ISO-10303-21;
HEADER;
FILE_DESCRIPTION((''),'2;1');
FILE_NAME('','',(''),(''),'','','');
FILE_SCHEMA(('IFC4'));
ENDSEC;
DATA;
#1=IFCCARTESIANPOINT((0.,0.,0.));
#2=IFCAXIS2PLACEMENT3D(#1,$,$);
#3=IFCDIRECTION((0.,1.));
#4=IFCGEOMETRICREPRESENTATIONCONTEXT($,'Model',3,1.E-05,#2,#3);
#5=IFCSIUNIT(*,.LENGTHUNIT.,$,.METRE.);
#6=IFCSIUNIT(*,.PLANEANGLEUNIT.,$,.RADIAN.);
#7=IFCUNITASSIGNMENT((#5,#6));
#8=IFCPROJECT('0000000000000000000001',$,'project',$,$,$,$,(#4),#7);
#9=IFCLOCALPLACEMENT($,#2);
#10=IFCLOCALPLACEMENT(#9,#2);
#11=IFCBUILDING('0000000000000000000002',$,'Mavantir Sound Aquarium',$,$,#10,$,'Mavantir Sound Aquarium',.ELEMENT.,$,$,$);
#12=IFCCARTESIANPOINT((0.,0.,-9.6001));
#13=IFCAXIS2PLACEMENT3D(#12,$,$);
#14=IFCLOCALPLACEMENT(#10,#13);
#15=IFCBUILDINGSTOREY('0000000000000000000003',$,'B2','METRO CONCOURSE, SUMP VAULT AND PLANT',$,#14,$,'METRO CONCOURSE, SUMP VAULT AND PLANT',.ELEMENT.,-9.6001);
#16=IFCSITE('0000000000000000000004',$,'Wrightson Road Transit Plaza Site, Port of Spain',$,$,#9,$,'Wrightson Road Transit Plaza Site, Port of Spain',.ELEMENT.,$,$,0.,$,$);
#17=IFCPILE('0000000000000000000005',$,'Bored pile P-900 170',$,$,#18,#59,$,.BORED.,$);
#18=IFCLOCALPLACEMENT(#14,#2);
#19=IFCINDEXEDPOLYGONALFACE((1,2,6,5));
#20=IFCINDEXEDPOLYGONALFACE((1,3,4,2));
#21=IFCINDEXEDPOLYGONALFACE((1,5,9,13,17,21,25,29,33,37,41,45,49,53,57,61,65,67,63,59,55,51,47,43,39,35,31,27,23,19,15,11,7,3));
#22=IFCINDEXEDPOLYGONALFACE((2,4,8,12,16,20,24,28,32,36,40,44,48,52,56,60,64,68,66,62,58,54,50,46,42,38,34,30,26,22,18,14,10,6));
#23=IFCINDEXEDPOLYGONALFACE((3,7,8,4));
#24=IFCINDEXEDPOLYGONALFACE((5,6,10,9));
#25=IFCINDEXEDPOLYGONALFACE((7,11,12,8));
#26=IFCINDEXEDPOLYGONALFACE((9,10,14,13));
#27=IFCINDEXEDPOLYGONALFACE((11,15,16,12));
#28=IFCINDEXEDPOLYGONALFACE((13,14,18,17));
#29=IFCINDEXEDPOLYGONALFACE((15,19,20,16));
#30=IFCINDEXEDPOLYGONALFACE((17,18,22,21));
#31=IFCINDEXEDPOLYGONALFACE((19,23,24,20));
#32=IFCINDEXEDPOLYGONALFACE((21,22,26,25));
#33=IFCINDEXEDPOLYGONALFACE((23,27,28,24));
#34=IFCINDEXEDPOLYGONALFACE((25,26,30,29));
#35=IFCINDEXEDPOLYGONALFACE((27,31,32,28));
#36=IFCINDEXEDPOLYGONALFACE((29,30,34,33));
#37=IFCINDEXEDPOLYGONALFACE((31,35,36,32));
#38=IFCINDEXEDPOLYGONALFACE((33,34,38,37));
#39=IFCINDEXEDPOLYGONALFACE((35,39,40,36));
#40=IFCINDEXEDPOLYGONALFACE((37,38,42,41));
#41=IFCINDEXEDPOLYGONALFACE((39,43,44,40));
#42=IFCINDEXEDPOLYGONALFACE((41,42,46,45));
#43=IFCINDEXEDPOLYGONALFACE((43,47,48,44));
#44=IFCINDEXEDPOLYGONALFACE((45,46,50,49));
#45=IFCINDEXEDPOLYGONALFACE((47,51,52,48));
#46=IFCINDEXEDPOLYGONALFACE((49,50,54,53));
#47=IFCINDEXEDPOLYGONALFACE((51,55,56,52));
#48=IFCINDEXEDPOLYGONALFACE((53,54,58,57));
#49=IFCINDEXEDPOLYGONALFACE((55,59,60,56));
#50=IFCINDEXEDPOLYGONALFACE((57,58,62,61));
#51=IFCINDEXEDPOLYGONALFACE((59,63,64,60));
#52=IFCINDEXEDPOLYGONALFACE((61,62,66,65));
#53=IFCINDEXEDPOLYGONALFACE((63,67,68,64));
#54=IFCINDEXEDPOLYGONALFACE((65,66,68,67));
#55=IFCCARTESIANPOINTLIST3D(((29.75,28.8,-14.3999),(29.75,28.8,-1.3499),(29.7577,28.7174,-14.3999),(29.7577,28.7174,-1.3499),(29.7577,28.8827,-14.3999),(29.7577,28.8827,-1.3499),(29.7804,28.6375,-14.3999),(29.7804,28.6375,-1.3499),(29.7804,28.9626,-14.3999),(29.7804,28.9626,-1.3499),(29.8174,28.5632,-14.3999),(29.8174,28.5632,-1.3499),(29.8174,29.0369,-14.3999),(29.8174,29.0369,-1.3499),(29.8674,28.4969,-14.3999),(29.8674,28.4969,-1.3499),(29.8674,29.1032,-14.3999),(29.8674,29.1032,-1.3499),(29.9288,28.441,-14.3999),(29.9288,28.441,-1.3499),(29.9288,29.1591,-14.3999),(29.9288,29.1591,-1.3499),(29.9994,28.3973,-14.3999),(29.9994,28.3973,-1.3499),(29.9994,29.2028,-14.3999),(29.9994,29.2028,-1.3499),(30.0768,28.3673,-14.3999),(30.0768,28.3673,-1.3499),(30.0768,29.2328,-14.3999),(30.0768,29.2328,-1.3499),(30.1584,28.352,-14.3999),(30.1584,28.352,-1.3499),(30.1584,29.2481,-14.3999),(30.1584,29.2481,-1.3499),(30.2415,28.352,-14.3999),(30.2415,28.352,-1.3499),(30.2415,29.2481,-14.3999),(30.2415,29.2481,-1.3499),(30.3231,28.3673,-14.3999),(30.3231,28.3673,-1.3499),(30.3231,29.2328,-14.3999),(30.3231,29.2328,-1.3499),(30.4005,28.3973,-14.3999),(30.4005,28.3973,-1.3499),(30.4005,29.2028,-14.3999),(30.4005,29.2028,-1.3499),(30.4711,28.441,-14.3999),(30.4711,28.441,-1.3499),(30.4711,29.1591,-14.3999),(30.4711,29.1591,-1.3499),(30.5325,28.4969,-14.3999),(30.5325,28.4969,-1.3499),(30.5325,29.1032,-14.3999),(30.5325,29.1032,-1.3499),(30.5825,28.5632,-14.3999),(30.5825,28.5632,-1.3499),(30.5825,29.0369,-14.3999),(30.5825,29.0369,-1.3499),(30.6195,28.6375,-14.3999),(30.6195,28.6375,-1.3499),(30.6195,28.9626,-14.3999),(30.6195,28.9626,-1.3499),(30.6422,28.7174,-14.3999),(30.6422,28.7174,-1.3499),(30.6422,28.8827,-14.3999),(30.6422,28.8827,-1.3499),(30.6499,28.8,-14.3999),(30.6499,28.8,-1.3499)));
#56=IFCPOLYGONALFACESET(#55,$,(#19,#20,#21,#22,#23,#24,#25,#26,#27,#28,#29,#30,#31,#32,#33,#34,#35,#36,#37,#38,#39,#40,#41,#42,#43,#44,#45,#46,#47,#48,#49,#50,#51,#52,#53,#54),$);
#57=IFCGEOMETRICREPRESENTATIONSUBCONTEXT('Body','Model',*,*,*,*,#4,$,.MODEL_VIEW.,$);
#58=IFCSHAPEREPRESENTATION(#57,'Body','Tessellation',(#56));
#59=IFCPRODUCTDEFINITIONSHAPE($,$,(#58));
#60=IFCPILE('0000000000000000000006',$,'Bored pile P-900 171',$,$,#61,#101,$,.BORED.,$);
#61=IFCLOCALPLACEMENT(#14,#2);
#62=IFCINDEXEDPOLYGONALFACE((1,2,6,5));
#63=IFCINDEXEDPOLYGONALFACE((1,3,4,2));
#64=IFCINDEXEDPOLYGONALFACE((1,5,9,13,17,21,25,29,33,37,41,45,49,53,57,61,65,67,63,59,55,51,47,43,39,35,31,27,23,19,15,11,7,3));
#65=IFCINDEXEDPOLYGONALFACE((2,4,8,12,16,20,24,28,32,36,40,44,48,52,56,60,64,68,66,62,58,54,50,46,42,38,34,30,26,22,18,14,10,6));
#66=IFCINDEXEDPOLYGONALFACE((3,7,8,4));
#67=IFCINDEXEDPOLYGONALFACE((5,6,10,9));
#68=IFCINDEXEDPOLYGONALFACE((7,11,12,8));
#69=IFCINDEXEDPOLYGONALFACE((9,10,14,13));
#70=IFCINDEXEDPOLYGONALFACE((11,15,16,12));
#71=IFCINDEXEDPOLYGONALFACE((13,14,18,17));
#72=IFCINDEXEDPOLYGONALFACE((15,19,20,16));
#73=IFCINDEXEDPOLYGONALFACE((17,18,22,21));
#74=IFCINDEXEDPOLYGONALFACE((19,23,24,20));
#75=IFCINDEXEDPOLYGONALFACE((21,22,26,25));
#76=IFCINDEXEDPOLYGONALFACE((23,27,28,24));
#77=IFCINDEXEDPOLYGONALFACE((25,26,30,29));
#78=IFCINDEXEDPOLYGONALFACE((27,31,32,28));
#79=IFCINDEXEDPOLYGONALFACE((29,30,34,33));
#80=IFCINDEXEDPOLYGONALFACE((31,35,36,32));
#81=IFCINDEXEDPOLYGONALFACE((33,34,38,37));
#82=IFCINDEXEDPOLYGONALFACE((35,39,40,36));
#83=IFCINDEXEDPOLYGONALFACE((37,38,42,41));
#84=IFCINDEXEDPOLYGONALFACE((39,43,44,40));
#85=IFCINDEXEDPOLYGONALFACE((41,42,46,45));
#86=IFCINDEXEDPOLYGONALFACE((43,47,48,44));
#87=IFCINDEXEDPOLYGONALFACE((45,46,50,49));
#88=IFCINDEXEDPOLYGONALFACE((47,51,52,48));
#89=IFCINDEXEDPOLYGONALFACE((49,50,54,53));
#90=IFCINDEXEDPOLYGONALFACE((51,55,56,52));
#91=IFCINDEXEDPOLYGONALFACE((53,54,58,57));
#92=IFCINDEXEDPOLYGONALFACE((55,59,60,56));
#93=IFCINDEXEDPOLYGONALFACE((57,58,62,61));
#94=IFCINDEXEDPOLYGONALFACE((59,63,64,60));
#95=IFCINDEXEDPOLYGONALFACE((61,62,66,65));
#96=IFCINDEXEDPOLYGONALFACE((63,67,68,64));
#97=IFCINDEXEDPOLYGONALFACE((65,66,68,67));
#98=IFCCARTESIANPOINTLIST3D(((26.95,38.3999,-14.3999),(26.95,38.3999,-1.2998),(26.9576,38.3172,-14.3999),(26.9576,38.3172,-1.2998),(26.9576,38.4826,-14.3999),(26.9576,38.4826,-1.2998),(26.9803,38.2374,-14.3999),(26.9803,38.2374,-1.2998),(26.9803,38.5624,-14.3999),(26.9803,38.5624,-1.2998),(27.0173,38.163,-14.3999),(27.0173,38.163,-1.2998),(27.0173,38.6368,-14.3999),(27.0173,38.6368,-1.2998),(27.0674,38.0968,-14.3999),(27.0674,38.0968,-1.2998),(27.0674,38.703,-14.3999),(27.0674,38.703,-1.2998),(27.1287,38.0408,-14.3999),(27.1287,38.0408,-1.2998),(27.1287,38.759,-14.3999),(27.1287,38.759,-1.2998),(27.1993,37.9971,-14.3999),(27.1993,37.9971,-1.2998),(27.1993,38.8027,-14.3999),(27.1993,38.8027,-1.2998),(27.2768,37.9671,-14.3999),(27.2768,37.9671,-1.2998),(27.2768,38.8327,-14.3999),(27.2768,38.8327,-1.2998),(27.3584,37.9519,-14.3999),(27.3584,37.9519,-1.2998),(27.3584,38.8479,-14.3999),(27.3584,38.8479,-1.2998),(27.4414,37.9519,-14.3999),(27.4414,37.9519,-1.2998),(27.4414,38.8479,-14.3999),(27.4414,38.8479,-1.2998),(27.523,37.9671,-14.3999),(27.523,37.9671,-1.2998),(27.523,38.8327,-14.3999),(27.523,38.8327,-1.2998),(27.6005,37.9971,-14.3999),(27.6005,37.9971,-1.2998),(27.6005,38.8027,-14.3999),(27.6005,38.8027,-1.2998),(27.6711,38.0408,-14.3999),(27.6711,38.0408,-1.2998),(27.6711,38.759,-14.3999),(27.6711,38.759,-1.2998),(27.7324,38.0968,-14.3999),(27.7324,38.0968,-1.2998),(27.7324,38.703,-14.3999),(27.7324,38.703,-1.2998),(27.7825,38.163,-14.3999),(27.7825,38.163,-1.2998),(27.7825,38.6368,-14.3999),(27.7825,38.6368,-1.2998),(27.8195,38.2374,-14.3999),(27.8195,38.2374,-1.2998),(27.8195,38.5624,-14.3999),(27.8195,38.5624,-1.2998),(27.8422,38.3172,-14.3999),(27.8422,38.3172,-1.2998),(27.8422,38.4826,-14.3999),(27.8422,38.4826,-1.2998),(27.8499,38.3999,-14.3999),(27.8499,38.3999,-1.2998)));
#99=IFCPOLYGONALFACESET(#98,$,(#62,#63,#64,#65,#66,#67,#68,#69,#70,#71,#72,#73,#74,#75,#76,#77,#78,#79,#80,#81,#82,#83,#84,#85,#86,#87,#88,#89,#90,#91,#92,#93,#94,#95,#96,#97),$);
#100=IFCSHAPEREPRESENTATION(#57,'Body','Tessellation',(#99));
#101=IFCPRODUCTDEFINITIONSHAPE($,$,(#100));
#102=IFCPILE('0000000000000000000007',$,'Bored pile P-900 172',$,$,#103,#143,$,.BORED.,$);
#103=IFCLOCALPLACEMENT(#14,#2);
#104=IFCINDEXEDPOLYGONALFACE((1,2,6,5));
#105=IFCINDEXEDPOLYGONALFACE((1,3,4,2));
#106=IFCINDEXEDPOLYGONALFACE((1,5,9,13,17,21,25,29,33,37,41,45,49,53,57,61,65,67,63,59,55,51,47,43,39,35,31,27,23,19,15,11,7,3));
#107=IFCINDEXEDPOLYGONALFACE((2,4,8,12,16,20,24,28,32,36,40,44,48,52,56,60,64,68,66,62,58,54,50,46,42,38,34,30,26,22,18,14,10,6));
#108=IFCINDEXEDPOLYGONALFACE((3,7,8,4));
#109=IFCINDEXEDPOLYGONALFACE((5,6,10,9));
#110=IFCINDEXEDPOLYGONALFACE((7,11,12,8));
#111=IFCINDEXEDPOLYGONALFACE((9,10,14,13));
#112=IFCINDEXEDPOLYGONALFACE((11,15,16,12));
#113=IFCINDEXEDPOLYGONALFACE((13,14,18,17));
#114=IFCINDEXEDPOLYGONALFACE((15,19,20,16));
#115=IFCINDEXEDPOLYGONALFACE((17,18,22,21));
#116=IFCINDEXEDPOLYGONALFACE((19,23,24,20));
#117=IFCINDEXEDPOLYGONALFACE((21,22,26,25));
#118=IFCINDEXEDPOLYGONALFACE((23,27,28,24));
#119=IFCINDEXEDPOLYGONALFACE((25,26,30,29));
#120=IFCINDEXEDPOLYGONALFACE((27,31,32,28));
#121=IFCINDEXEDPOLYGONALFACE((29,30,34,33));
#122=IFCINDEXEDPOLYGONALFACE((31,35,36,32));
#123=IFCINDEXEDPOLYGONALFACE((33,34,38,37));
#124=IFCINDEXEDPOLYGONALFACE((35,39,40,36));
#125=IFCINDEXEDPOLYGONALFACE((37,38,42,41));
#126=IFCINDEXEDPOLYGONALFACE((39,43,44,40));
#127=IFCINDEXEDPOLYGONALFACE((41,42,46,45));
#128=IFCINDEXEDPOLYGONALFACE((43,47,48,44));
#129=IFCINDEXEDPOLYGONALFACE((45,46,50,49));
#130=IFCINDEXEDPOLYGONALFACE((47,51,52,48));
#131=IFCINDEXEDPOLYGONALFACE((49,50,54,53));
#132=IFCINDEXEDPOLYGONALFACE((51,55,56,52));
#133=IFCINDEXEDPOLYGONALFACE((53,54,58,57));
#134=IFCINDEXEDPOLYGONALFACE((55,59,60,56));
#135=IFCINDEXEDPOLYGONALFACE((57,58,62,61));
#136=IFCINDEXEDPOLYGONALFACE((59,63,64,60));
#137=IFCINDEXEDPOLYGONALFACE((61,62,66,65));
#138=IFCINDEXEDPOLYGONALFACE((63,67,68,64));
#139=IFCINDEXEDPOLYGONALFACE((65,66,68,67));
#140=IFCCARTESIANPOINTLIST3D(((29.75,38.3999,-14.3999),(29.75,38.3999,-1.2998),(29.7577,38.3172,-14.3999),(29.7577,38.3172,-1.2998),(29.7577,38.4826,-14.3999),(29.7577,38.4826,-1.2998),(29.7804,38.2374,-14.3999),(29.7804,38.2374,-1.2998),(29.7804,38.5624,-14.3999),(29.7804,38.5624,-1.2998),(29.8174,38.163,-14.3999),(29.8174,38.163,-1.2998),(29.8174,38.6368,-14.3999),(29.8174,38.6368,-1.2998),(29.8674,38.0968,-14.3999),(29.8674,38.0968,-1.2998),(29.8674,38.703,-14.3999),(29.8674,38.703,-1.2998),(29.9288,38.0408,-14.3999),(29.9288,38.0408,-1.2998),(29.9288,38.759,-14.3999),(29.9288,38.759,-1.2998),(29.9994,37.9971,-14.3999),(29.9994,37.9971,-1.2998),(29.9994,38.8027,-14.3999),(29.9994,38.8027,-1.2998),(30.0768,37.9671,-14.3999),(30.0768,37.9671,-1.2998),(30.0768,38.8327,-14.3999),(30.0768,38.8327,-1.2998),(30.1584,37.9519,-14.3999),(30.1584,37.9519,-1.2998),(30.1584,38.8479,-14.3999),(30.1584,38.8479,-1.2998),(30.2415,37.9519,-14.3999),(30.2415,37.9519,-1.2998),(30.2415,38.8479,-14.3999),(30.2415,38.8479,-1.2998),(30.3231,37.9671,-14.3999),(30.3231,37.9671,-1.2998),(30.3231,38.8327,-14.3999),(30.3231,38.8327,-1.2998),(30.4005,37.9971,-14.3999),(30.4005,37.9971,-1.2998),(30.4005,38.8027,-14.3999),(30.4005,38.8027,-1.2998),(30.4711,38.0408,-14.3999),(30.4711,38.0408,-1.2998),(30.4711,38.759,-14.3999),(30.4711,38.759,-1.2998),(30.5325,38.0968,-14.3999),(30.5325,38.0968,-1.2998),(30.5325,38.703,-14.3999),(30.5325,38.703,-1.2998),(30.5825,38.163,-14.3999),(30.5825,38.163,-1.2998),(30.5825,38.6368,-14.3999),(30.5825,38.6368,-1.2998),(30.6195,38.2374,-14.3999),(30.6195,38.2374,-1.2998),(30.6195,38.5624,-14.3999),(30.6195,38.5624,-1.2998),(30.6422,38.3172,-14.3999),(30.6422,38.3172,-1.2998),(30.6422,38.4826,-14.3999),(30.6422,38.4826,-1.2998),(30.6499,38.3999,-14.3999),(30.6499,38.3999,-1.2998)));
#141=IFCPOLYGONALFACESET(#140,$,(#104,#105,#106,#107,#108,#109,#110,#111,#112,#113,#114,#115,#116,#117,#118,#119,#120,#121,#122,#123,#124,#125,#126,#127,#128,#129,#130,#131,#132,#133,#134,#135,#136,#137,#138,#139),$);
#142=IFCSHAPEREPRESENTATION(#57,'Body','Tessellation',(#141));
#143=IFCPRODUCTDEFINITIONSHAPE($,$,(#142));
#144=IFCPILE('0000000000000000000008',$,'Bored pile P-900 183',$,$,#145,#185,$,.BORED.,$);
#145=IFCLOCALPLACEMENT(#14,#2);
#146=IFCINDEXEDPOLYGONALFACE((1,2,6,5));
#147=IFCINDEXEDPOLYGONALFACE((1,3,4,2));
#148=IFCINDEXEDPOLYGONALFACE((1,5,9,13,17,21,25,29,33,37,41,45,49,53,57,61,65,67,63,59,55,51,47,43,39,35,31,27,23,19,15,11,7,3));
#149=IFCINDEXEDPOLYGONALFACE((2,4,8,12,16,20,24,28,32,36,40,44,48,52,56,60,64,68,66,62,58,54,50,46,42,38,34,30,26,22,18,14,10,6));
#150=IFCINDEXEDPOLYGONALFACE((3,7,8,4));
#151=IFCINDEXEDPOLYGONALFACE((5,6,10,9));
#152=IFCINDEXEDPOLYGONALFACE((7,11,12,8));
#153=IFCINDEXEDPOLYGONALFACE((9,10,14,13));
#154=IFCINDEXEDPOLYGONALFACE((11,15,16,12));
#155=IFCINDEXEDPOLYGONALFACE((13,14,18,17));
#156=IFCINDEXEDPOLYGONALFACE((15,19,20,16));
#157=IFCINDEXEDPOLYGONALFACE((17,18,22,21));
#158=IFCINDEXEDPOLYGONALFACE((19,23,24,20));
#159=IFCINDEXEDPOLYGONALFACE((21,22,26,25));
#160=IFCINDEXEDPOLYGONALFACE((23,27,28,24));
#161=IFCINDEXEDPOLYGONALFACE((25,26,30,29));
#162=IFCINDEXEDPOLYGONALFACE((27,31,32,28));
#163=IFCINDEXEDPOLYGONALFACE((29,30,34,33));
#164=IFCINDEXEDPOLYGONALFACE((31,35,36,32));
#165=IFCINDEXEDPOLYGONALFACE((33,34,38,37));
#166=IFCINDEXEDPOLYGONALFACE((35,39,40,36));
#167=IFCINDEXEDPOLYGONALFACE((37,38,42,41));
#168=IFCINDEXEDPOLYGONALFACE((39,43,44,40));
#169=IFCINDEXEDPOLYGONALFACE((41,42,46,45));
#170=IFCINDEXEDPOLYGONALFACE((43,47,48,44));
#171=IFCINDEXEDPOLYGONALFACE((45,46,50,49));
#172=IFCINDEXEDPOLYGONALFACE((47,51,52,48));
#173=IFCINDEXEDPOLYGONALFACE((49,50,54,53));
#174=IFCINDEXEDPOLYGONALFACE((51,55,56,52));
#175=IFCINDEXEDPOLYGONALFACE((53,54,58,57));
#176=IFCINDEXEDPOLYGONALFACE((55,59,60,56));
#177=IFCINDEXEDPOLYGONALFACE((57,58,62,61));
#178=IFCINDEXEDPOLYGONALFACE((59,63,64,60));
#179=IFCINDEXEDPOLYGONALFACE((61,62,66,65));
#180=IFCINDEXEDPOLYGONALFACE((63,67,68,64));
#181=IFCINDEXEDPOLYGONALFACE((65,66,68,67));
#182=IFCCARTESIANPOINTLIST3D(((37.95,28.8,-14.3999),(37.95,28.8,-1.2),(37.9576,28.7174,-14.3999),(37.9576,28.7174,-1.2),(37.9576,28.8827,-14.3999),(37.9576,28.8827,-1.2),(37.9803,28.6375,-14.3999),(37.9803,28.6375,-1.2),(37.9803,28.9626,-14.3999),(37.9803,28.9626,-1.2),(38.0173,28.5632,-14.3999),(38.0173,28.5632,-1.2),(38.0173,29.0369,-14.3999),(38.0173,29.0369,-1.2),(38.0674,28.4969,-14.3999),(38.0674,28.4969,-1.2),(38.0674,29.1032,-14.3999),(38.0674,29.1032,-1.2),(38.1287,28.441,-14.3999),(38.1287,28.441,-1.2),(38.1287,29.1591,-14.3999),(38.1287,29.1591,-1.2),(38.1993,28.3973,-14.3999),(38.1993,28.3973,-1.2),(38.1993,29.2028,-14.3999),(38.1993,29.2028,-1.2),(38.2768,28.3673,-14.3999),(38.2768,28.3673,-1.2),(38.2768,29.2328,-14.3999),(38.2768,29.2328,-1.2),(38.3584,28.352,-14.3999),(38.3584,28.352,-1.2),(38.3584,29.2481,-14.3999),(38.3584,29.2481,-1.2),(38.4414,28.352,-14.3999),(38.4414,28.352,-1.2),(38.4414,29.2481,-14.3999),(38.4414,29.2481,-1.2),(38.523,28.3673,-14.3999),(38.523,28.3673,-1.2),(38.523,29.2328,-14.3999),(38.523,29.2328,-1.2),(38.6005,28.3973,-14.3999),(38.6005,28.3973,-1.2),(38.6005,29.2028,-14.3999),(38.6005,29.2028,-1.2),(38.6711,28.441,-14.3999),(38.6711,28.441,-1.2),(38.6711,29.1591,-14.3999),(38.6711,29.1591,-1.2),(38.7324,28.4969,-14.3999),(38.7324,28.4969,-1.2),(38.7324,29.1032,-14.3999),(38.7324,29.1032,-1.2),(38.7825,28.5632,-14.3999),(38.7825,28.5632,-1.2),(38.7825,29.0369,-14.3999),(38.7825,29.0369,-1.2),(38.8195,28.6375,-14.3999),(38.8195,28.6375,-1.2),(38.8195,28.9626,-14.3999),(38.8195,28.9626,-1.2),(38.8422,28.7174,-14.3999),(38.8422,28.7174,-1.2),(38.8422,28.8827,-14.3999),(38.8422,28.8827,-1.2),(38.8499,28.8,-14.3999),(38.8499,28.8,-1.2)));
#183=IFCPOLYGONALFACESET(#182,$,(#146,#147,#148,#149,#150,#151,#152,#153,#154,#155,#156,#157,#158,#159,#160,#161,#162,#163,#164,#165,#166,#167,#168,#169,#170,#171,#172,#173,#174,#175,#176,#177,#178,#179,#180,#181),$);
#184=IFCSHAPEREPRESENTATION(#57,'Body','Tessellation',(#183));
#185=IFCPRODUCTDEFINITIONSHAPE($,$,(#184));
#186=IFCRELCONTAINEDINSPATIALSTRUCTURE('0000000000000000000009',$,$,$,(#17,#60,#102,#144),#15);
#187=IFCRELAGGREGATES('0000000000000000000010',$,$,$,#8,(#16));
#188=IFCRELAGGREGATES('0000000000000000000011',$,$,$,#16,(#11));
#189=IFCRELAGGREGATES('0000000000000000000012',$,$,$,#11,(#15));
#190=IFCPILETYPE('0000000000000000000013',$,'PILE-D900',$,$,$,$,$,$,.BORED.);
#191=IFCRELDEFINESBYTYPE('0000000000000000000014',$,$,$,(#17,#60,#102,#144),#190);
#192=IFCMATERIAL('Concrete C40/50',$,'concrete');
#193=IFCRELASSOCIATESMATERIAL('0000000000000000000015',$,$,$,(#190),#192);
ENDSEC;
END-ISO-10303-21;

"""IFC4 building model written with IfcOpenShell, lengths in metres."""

from ifc_helpers import new_model, si_unit, direction, frame, origin, origin_2d, place, context, subcontext, project, spatial, circle, extrude, material, material_profile, profile_set, type_object, element, save


model = new_model("IFC4")

# Units and contexts
model_context = context("Model", 3, precision=1e-05, world=origin(), true_north=direction((0.0, 1.0)))
body_context = subcontext(model_context, "Body", "Model", "MODEL_VIEW")
ifc_project = project(units=[si_unit("LENGTHUNIT", "METRE"), si_unit("PLANEANGLEUNIT", "RADIAN")], contexts=[model_context])

# Site, building, storey
site_placement = place(None, origin())
site = spatial("IfcSite", under=ifc_project, at=site_placement, Name="Wrightson Road Transit Plaza Site, Port of Spain", LongName="Wrightson Road Transit Plaza Site, Port of Spain", CompositionType="ELEMENT", RefElevation=0.0)
building_placement = place(site_placement, origin())
building = spatial("IfcBuilding", under=site, at=building_placement, Name="Mavantir Sound Aquarium", LongName="Mavantir Sound Aquarium", CompositionType="ELEMENT")
storey_placement = place(building_placement, frame((0.0, 0.0, -9.6001)))
storey = spatial("IfcBuildingStorey", under=building, at=storey_placement, Name="B2", Description="METRO CONCOURSE, SUMP VAULT AND PLANT", LongName="METRO CONCOURSE, SUMP VAULT AND PLANT", CompositionType="ELEMENT", Elevation=-9.6001)

# Shared definitions
ifc_material_1 = material(Name="Concrete C40/50", Category="concrete")

# Piles
ifc_material_profile_1 = material_profile(ifc_material_1, circle(Radius=0.45, at=origin_2d()), Name="PILE D900")
ifc_profile_set_1 = profile_set([ifc_material_profile_1], Name="Concrete C40/50")
pile_type = type_object("IfcPileType", Name="PILE-D900", PredefinedType="BORED", material=ifc_profile_set_1)
for number, where, z_axis, x_axis, name in (
    (1, (30.2, 28.8, -1.3499), (0.0, 0.0, -1.0), (1.0, 0.0, 0.0), "Bored pile P-900 170"),
):
    element("IfcPile", number, at=place(storey_placement, frame(where, z_axis=z_axis, x_axis=x_axis)), inside=storey, type_object=pile_type, Name=name, PredefinedType="BORED", context=body_context, shape_type="SweptSolid", body=[
        extrude(circle(Radius=0.45, at=origin_2d()), origin(), (0.0, 0.0, 1.0), 13.05),
    ])
for number, where, z_axis, x_axis, name in (
    (2, (27.3999, 38.3999, -1.2998), (0.0, 0.0, -1.0), (1.0, 0.0, 0.0), "Bored pile P-900 171"),
    (3, (30.2, 38.3999, -1.2998), (0.0, 0.0, -1.0), (1.0, 0.0, 0.0), "Bored pile P-900 172"),
):
    element("IfcPile", number, at=place(storey_placement, frame(where, z_axis=z_axis, x_axis=x_axis)), inside=storey, type_object=pile_type, Name=name, PredefinedType="BORED", context=body_context, shape_type="SweptSolid", body=[
        extrude(circle(Radius=0.45, at=origin_2d()), origin(), (0.0, 0.0, 1.0), 13.1001),
    ])
pile_1_placement = place(storey_placement, frame((38.3999, 28.8, -1.2), z_axis=(0.0, 0.0, -1.0), x_axis=(1.0, 0.0, 0.0)))
element("IfcPile", 4, at=pile_1_placement, inside=storey, type_object=pile_type, Name="Bored pile P-900 183", PredefinedType="BORED", context=body_context, shape_type="SweptSolid", body=[
    extrude(circle(Radius=0.45, at=origin_2d()), origin(), (0.0, 0.0, 1.0), 13.2),
])

save(model, "model.ifc")
